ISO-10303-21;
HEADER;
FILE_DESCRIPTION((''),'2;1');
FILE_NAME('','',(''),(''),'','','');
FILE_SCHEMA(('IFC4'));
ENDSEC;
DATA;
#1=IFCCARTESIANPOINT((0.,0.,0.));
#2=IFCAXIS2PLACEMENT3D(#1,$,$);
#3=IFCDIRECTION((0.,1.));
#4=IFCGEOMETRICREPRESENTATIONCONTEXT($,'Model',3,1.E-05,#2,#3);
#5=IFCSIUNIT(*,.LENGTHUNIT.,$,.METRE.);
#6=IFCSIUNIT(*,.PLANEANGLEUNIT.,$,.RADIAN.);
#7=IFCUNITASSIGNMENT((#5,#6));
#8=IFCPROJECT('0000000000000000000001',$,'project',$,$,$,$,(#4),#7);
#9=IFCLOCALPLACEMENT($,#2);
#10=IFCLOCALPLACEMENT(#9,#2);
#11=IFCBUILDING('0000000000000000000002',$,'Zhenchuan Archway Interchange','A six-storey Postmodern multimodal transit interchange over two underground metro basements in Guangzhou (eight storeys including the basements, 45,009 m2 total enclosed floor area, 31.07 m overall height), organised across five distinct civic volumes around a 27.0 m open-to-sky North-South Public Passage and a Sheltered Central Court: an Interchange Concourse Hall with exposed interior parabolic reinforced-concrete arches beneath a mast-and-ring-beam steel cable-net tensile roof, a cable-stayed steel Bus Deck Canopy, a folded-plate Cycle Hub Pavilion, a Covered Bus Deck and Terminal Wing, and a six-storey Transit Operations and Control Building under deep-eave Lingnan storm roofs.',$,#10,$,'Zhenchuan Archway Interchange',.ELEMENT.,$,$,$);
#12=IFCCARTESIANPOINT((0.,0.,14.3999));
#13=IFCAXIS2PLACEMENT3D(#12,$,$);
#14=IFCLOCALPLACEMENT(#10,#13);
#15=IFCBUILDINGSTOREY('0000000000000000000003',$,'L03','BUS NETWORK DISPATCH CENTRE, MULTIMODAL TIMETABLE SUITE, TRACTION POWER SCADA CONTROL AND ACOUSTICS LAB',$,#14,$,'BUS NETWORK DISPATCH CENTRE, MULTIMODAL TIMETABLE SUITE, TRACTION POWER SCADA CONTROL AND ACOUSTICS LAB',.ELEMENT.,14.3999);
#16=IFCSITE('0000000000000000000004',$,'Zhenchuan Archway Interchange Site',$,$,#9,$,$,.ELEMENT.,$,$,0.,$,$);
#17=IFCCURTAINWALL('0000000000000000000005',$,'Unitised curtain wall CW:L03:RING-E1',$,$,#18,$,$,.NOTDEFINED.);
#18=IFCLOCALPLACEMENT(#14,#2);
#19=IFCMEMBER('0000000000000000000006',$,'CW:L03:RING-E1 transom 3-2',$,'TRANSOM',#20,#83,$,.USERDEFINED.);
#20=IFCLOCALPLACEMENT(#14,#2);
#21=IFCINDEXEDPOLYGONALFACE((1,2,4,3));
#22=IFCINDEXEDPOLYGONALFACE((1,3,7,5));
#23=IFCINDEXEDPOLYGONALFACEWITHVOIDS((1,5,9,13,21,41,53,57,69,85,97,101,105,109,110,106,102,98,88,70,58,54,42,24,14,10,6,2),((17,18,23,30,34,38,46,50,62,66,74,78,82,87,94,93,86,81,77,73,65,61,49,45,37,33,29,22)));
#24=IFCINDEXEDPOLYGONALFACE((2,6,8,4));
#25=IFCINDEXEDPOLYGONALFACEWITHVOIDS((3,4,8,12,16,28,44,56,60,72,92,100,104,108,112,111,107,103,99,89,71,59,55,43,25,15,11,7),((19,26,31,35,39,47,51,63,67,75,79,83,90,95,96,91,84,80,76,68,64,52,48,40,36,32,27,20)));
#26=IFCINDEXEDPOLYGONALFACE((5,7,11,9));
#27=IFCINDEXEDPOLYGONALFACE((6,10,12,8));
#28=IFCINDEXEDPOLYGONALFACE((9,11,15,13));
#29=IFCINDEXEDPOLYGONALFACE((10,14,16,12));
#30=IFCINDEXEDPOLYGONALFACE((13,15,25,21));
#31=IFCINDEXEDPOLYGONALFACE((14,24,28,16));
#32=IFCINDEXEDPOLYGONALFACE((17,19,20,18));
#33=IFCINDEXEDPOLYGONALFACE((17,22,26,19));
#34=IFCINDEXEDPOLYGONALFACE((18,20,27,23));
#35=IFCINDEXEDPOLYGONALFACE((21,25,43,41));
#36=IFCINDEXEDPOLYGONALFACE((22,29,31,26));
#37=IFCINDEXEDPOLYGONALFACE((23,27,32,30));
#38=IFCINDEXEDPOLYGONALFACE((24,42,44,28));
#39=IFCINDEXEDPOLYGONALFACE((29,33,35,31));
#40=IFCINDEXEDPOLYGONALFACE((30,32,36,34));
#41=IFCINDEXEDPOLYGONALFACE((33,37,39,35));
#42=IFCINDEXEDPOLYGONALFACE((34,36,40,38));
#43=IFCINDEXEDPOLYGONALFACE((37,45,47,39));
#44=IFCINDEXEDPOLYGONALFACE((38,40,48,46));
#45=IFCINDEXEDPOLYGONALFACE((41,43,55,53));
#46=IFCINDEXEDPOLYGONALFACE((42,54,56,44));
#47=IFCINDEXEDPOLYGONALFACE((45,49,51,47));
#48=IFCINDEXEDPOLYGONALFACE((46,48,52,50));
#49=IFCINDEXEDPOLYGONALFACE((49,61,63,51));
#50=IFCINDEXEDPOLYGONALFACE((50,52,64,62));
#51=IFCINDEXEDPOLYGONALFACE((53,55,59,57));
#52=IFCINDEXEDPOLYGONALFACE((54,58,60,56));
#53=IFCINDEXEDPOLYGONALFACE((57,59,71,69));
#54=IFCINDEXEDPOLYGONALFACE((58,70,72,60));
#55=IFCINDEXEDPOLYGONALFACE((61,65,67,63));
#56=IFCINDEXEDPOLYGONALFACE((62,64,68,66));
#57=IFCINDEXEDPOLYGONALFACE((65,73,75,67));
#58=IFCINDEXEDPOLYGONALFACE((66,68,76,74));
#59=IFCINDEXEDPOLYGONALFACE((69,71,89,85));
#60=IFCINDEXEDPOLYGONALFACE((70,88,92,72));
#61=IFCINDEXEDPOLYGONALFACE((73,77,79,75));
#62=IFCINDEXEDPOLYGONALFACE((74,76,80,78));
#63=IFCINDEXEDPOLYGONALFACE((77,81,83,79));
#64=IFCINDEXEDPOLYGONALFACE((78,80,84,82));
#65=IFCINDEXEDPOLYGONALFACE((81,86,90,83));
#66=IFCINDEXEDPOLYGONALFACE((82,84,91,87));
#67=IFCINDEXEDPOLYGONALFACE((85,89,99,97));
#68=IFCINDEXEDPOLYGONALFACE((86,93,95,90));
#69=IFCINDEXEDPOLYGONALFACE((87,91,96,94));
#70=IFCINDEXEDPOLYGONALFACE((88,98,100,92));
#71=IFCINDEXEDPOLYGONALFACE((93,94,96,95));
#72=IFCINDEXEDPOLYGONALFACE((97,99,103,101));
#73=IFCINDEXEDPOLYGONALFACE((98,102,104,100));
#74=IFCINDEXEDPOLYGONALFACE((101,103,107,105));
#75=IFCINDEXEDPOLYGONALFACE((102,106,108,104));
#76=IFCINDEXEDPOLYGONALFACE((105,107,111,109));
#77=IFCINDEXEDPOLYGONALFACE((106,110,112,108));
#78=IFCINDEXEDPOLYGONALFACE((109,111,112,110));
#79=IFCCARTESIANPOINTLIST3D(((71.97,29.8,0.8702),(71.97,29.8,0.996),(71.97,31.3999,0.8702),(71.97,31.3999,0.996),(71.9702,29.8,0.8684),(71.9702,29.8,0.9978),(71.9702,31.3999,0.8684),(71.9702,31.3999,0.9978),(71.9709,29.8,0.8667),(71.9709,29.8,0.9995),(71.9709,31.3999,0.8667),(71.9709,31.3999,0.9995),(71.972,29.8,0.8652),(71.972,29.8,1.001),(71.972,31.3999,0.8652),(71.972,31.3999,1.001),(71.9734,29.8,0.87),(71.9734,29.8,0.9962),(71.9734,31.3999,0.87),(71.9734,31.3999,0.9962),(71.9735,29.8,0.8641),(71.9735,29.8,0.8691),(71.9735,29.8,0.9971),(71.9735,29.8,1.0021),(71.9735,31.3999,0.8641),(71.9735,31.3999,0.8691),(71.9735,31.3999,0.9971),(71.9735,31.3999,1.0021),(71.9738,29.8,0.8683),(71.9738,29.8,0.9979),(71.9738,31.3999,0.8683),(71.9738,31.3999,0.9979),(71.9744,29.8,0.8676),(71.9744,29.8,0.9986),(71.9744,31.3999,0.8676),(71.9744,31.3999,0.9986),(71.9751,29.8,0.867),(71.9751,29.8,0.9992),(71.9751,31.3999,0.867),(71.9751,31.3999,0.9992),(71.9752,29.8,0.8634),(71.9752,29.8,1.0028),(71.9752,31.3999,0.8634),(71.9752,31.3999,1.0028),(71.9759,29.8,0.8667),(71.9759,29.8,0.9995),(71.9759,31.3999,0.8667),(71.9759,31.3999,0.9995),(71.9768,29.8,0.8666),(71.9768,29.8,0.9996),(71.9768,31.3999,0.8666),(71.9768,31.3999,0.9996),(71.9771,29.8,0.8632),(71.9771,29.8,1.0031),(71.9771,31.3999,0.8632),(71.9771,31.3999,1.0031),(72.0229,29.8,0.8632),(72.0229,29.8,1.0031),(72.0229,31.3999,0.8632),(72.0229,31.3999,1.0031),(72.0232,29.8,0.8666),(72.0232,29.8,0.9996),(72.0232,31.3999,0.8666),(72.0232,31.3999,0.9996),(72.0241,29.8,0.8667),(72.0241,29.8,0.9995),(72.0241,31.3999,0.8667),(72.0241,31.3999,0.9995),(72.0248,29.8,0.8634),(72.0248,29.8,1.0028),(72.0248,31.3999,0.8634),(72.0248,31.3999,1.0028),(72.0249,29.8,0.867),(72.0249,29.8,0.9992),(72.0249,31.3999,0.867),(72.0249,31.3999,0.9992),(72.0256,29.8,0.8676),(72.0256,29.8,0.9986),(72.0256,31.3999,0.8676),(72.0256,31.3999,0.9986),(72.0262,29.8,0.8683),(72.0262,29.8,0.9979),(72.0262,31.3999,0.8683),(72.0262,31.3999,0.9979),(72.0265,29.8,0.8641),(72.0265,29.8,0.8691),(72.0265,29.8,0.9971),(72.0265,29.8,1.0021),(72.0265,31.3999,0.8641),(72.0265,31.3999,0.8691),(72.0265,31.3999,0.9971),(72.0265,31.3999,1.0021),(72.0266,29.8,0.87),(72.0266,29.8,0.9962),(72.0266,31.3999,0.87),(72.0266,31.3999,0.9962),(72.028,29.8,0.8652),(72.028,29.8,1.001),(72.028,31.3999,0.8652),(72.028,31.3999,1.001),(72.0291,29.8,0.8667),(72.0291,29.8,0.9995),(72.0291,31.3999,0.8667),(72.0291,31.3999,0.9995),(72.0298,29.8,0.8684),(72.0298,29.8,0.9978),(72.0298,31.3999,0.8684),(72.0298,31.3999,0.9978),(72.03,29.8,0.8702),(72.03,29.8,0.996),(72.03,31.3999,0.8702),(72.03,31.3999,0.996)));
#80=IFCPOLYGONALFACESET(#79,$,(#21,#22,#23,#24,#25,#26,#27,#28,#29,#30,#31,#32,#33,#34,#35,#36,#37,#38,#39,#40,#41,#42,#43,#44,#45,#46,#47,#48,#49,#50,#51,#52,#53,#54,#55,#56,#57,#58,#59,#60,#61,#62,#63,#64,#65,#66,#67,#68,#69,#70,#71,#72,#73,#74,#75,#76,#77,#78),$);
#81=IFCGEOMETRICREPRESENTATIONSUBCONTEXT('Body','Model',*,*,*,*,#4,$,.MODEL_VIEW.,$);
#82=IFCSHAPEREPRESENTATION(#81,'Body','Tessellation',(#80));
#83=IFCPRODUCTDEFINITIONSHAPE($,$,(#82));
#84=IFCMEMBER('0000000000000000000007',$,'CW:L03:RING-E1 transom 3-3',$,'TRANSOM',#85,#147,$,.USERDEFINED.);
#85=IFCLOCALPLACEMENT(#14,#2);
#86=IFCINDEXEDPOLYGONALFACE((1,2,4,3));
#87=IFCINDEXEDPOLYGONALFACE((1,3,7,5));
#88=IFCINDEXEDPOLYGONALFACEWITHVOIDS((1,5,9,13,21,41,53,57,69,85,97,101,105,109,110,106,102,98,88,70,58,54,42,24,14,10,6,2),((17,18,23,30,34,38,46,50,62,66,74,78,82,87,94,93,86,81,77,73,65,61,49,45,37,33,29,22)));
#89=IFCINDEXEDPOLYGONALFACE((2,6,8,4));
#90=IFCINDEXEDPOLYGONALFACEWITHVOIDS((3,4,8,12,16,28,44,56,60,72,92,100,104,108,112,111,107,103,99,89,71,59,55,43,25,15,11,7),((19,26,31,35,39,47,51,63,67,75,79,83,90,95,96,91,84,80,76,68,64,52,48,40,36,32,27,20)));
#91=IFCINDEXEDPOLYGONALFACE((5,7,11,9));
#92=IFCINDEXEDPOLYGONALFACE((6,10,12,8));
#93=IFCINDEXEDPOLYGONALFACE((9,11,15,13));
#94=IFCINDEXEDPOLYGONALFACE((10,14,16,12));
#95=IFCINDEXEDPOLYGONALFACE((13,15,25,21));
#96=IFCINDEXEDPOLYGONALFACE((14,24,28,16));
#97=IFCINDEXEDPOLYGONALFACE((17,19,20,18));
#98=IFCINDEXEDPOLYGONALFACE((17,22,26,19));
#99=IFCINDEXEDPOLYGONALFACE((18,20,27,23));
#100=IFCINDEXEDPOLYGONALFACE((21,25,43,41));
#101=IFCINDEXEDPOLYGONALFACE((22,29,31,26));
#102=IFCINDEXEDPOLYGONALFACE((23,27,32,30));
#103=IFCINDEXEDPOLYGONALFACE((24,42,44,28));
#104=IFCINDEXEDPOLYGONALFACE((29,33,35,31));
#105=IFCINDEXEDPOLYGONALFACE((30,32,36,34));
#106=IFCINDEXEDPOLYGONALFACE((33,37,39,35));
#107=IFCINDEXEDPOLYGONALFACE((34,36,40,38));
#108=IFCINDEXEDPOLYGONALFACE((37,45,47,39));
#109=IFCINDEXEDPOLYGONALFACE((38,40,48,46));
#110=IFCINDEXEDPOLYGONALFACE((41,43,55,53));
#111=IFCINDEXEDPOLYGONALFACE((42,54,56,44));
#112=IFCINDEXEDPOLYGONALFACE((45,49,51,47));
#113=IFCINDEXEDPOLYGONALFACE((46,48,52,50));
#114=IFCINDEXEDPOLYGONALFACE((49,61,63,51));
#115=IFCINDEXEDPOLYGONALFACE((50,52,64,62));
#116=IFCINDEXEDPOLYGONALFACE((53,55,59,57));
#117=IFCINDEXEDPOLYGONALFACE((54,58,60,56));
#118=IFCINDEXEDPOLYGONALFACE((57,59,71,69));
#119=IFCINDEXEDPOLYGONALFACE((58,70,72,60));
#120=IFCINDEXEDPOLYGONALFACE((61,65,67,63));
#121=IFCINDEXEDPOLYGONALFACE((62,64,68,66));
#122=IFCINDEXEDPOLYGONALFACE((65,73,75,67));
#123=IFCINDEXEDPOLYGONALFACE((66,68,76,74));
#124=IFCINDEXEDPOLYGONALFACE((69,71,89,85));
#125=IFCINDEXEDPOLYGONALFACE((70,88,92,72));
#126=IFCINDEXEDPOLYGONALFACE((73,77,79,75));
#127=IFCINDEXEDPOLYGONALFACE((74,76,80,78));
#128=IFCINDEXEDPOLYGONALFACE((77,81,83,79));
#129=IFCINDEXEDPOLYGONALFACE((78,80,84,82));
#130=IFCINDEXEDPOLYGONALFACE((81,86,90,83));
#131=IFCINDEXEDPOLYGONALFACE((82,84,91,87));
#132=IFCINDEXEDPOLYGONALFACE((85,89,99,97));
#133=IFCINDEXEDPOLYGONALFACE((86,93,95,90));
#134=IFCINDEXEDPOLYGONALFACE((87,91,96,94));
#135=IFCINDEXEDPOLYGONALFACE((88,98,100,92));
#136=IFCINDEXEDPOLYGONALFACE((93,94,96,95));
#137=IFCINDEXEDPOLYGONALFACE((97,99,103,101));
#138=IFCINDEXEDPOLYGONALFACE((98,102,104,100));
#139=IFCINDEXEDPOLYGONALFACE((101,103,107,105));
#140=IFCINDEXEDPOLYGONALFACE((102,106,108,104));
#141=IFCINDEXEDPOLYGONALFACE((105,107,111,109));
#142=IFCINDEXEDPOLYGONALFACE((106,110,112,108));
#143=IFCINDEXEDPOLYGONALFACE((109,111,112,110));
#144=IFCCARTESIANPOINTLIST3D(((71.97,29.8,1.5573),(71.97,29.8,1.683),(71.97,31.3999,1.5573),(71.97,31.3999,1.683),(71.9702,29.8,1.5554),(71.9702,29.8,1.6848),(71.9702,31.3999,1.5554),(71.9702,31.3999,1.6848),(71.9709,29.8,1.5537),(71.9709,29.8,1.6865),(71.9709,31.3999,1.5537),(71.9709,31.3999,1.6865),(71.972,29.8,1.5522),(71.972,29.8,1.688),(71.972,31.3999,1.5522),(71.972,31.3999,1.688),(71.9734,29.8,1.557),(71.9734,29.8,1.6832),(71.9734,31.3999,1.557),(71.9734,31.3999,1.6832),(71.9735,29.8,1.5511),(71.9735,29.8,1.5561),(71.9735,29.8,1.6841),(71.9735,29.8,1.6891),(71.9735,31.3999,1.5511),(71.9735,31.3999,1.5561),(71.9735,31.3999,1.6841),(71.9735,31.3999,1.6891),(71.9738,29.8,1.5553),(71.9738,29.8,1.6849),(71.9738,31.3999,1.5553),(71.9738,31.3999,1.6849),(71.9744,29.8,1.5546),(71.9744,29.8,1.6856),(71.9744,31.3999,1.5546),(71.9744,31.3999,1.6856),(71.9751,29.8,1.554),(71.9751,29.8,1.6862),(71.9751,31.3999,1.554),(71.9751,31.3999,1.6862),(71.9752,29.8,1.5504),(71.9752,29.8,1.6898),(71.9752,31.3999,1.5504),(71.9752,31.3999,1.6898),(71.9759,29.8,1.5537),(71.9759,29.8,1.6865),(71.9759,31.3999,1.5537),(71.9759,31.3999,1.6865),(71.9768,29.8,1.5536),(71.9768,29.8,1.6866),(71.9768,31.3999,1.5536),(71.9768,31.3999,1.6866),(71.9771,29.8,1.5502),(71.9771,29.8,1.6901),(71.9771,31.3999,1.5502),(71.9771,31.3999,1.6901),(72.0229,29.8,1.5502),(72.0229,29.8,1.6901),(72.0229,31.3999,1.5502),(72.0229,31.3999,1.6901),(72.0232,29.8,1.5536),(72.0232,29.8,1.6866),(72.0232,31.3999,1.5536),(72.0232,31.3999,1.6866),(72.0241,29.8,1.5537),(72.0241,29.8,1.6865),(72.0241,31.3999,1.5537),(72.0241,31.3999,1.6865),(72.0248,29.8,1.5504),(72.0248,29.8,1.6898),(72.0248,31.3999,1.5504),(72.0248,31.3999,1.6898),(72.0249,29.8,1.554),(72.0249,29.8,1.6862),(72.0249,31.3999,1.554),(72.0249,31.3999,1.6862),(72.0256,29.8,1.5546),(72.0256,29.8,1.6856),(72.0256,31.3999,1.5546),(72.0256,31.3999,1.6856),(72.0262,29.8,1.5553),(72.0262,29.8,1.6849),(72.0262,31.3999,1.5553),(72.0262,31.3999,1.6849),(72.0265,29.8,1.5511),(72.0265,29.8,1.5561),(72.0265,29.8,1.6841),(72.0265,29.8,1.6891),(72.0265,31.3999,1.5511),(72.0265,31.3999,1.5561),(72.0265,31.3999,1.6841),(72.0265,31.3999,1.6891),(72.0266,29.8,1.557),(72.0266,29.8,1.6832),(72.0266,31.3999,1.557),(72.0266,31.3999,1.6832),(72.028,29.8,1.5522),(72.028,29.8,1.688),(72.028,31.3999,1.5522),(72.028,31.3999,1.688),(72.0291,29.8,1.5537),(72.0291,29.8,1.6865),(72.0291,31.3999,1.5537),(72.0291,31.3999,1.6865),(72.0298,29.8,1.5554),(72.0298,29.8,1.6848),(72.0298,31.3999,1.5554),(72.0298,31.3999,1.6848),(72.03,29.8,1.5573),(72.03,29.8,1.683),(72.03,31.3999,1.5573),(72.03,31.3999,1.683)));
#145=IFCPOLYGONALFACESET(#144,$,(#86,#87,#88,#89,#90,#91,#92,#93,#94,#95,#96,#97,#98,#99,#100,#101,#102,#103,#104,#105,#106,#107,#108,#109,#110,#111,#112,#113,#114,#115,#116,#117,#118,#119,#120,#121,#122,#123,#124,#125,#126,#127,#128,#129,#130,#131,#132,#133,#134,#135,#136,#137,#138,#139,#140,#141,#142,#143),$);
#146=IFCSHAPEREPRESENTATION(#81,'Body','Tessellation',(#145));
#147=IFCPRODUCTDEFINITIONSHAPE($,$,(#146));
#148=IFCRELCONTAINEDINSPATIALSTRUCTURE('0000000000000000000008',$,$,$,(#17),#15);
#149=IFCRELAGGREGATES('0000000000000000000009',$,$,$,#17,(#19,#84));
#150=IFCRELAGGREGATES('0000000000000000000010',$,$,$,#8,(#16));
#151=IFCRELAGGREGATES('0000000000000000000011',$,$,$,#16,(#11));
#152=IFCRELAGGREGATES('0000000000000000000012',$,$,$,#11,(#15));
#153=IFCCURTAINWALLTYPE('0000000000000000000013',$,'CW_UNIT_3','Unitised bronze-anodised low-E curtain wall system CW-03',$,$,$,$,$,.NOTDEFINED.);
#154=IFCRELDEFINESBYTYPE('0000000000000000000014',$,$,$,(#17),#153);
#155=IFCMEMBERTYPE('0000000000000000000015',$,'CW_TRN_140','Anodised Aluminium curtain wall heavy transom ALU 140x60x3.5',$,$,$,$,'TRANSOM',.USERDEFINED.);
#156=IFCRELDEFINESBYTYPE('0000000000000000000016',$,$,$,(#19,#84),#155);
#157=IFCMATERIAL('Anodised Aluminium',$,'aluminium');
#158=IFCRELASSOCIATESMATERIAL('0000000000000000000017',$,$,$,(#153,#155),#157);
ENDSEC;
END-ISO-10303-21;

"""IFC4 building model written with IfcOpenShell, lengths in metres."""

from ifc_helpers import new_model, si_unit, direction, frame, origin, origin_2d, place, context, subcontext, project, spatial, hollow_rectangle, extrude, material, material_profile, profile_set, type_object, element, aggregate, save


model = new_model("IFC4")

# Units and contexts
model_context = context("Model", 3, precision=1e-05, world=origin(), true_north=direction((0.0, 1.0)))
body_context = subcontext(model_context, "Body", "Model", "MODEL_VIEW")
ifc_project = project(units=[si_unit("LENGTHUNIT", "METRE"), si_unit("PLANEANGLEUNIT", "RADIAN")], contexts=[model_context])

# Site, building, storey
site_placement = place(None, origin())
site = spatial("IfcSite", under=ifc_project, at=site_placement, Name="Zhenchuan Archway Interchange Site", CompositionType="ELEMENT", RefElevation=0.0)
building_placement = place(site_placement, origin())
building = spatial("IfcBuilding", under=site, at=building_placement, Name="Zhenchuan Archway Interchange", Description="A six-storey Postmodern multimodal transit interchange over two underground metro basements in Guangzhou (eight storeys including the basements, 45,009 m2 total enclosed floor area, 31.07 m overall height), organised across five distinct civic volumes around a 27.0 m open-to-sky North-South Public Passage and a Sheltered Central Court: an Interchange Concourse Hall with exposed interior parabolic reinforced-concrete arches beneath a mast-and-ring-beam steel cable-net tensile roof, a cable-stayed steel Bus Deck Canopy, a folded-plate Cycle Hub Pavilion, a Covered Bus Deck and Terminal Wing, and a six-storey Transit Operations and Control Building under deep-eave Lingnan storm roofs.", LongName="Zhenchuan Archway Interchange", CompositionType="ELEMENT")
storey_placement = place(building_placement, frame((0.0, 0.0, 14.3999)))
storey = spatial("IfcBuildingStorey", under=building, at=storey_placement, Name="L03", Description="BUS NETWORK DISPATCH CENTRE, MULTIMODAL TIMETABLE SUITE, TRACTION POWER SCADA CONTROL AND ACOUSTICS LAB", LongName="BUS NETWORK DISPATCH CENTRE, MULTIMODAL TIMETABLE SUITE, TRACTION POWER SCADA CONTROL AND ACOUSTICS LAB", CompositionType="ELEMENT", Elevation=14.3999)

# Curtain wall
ifc_material_1 = material(Name="Anodised Aluminium", Category="aluminium")
curtain_wall_type = type_object("IfcCurtainWallType", Name="CW_UNIT_3", Description="Unitised bronze-anodised low-E curtain wall system CW-03", PredefinedType="NOTDEFINED", material=ifc_material_1)
curtain_wall_1_placement = place(storey_placement, origin())
curtain_wall_1 = element("IfcCurtainWall", 1, at=curtain_wall_1_placement, inside=storey, type_object=curtain_wall_type, Name="Unitised curtain wall CW:L03:RING-E1", PredefinedType="NOTDEFINED")

# Members
ifc_material_profile_1 = material_profile(ifc_material_1, hollow_rectangle(XDim=0.0601, YDim=0.1399, WallThickness=0.0034, InnerFilletRadius=0.0034, OuterFilletRadius=0.0071, at=origin_2d()), Name="ALU 140x60x3.5")
ifc_profile_set_1 = profile_set([ifc_material_profile_1], Name="Anodised Aluminium")
member_type_1 = type_object("IfcMemberType", Name="CW_TRN_140", Description="Anodised Aluminium curtain wall heavy transom ALU 140x60x3.5", ElementType="TRANSOM", PredefinedType="USERDEFINED", material=ifc_profile_set_1)
member_1_placement = place(storey_placement, frame((72.0, 29.8, 0.9331), z_axis=(0.0, 1.0, 0.0), x_axis=(-1.0, 0.0, 0.0)))
member_1 = element("IfcMember", 2, at=member_1_placement, type_object=member_type_1, Name="CW:L03:RING-E1 transom 3-2", ObjectType="TRANSOM", PredefinedType="USERDEFINED", context=body_context, shape_type="SweptSolid", body=[
    extrude(hollow_rectangle(XDim=0.0601, YDim=0.1399, WallThickness=0.0034, InnerFilletRadius=0.0034, OuterFilletRadius=0.0071, at=origin_2d()), origin(), (0.0, 0.0, 1.0), 1.5999),
])
member_2_placement = place(storey_placement, frame((72.0, 29.8, 1.6201), z_axis=(0.0, 1.0, 0.0), x_axis=(-1.0, 0.0, 0.0)))
member_2 = element("IfcMember", 3, at=member_2_placement, type_object=member_type_1, Name="CW:L03:RING-E1 transom 3-3", ObjectType="TRANSOM", PredefinedType="USERDEFINED", context=body_context, shape_type="SweptSolid", body=[
    extrude(hollow_rectangle(XDim=0.0601, YDim=0.1399, WallThickness=0.0034, InnerFilletRadius=0.0034, OuterFilletRadius=0.0071, at=origin_2d()), origin(), (0.0, 0.0, 1.0), 1.5999),
])

aggregate(curtain_wall_1, [member_1, member_2])

save(model, "model.ifc")
